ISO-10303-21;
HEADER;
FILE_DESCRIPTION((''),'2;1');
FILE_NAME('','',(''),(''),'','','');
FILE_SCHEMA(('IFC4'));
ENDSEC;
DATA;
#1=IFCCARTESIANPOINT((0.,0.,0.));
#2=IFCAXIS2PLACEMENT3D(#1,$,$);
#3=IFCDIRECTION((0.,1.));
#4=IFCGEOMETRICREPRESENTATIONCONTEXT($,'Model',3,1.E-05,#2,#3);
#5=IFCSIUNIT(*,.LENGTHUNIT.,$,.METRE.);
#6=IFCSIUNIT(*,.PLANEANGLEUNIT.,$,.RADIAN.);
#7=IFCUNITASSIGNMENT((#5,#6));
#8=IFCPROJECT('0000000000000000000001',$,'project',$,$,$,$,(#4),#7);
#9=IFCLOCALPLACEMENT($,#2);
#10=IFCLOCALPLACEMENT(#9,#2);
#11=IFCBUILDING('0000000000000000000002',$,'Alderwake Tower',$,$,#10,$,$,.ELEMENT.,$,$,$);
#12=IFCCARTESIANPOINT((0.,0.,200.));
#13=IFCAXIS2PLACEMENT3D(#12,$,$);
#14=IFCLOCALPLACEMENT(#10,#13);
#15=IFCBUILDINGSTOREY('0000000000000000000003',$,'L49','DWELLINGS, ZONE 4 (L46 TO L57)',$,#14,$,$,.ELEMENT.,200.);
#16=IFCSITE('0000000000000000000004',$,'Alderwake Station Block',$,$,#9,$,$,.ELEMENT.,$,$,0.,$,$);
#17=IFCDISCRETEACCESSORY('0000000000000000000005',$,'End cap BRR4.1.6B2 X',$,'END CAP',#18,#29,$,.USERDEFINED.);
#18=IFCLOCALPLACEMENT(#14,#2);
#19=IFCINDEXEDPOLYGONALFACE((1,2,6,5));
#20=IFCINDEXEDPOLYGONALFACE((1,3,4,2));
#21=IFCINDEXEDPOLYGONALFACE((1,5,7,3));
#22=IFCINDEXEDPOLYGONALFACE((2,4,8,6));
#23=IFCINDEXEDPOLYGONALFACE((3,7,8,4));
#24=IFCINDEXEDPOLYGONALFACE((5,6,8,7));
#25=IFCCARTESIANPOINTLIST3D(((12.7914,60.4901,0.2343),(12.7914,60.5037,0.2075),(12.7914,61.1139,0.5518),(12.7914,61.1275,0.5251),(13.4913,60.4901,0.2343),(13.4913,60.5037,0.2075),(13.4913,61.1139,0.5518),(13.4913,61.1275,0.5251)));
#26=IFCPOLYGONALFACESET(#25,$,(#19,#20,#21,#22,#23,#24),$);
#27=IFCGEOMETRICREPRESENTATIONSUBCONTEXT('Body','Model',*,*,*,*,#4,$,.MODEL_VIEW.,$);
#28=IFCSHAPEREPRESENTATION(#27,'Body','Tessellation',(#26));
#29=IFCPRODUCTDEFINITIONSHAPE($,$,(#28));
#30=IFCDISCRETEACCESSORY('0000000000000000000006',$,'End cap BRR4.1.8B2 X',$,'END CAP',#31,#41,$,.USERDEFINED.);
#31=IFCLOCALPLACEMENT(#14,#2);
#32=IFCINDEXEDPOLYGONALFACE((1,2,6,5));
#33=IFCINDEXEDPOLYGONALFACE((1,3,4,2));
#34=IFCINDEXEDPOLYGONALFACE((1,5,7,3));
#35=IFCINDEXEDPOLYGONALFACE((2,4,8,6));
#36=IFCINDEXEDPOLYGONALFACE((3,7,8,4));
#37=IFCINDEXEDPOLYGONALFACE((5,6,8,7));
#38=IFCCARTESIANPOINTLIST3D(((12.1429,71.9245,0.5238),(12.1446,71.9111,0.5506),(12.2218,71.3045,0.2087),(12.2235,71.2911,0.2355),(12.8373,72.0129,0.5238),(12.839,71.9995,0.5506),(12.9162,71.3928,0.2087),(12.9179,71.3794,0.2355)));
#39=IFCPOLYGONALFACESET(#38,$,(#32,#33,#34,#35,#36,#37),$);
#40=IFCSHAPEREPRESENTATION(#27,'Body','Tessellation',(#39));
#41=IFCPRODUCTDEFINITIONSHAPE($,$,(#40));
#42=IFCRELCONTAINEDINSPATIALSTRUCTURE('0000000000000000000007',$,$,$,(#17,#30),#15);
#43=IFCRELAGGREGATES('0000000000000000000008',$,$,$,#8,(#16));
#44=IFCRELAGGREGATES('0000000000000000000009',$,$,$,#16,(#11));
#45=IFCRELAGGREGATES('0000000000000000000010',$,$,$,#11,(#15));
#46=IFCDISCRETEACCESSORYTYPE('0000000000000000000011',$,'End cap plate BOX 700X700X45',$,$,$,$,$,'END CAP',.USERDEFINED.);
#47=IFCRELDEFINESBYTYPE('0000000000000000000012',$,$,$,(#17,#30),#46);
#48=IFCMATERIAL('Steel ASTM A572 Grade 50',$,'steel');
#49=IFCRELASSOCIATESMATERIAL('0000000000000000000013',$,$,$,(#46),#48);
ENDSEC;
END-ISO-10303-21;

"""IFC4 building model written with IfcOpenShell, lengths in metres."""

from ifc_helpers import new_model, si_unit, direction, frame, origin, origin_2d, place, context, subcontext, project, spatial, rectangle, extrude, material, material_profile, profile_set, type_object, element, save


model = new_model("IFC4")

# Units and contexts
model_context = context("Model", 3, precision=1e-05, world=origin(), true_north=direction((0.0, 1.0)))
body_context = subcontext(model_context, "Body", "Model", "MODEL_VIEW")
ifc_project = project(units=[si_unit("LENGTHUNIT", "METRE"), si_unit("PLANEANGLEUNIT", "RADIAN")], contexts=[model_context])

# Site, building, storey
site_placement = place(None, origin())
site = spatial("IfcSite", under=ifc_project, at=site_placement, Name="Alderwake Station Block", CompositionType="ELEMENT", RefElevation=0.0)
building_placement = place(site_placement, origin())
building = spatial("IfcBuilding", under=site, at=building_placement, Name="Alderwake Tower", CompositionType="ELEMENT")
storey_placement = place(building_placement, frame((0.0, 0.0, 200.0)))
storey = spatial("IfcBuildingStorey", under=building, at=storey_placement, Name="L49", Description="DWELLINGS, ZONE 4 (L46 TO L57)", CompositionType="ELEMENT", Elevation=200.0)

# Discrete accessories
ifc_material_1 = material(Name="Steel ASTM A572 Grade 50", Category="steel")
ifc_material_profile_1 = material_profile(ifc_material_1, rectangle(XDim=0.7, YDim=0.7, at=origin_2d()), Name="BOX 700X700X45 cap")
ifc_profile_set_1 = profile_set([ifc_material_profile_1], Name="Steel ASTM A572 Grade 50")
discrete_accessory_type = type_object("IfcDiscreteAccessoryType", Name="End cap plate BOX 700X700X45", ElementType="END CAP", PredefinedType="USERDEFINED", material=ifc_profile_set_1)
for number, where, z_axis, x_axis, name in (
    (1, (13.1414, 60.802, 0.3931), (0.0, 0.453683, -0.891163), (-1.0, 0.0, 0.0), "End cap BRR4.1.6B2 X"),
    (2, (12.5312, 71.6453, 0.3931), (-0.056826, 0.446491, -0.892982), (-0.991998, -0.126254, 0.0), "End cap BRR4.1.8B2 X"),
):
    element("IfcDiscreteAccessory", number, at=place(storey_placement, frame(where, z_axis=z_axis, x_axis=x_axis)), inside=storey, type_object=discrete_accessory_type, Name=name, ObjectType="END CAP", PredefinedType="USERDEFINED", context=body_context, shape_type="SweptSolid", body=[
        extrude(rectangle(XDim=0.7, YDim=0.7, at=origin_2d()), origin(), (0.0, 0.0, 1.0), 0.03),
    ])

save(model, "model.ifc")
